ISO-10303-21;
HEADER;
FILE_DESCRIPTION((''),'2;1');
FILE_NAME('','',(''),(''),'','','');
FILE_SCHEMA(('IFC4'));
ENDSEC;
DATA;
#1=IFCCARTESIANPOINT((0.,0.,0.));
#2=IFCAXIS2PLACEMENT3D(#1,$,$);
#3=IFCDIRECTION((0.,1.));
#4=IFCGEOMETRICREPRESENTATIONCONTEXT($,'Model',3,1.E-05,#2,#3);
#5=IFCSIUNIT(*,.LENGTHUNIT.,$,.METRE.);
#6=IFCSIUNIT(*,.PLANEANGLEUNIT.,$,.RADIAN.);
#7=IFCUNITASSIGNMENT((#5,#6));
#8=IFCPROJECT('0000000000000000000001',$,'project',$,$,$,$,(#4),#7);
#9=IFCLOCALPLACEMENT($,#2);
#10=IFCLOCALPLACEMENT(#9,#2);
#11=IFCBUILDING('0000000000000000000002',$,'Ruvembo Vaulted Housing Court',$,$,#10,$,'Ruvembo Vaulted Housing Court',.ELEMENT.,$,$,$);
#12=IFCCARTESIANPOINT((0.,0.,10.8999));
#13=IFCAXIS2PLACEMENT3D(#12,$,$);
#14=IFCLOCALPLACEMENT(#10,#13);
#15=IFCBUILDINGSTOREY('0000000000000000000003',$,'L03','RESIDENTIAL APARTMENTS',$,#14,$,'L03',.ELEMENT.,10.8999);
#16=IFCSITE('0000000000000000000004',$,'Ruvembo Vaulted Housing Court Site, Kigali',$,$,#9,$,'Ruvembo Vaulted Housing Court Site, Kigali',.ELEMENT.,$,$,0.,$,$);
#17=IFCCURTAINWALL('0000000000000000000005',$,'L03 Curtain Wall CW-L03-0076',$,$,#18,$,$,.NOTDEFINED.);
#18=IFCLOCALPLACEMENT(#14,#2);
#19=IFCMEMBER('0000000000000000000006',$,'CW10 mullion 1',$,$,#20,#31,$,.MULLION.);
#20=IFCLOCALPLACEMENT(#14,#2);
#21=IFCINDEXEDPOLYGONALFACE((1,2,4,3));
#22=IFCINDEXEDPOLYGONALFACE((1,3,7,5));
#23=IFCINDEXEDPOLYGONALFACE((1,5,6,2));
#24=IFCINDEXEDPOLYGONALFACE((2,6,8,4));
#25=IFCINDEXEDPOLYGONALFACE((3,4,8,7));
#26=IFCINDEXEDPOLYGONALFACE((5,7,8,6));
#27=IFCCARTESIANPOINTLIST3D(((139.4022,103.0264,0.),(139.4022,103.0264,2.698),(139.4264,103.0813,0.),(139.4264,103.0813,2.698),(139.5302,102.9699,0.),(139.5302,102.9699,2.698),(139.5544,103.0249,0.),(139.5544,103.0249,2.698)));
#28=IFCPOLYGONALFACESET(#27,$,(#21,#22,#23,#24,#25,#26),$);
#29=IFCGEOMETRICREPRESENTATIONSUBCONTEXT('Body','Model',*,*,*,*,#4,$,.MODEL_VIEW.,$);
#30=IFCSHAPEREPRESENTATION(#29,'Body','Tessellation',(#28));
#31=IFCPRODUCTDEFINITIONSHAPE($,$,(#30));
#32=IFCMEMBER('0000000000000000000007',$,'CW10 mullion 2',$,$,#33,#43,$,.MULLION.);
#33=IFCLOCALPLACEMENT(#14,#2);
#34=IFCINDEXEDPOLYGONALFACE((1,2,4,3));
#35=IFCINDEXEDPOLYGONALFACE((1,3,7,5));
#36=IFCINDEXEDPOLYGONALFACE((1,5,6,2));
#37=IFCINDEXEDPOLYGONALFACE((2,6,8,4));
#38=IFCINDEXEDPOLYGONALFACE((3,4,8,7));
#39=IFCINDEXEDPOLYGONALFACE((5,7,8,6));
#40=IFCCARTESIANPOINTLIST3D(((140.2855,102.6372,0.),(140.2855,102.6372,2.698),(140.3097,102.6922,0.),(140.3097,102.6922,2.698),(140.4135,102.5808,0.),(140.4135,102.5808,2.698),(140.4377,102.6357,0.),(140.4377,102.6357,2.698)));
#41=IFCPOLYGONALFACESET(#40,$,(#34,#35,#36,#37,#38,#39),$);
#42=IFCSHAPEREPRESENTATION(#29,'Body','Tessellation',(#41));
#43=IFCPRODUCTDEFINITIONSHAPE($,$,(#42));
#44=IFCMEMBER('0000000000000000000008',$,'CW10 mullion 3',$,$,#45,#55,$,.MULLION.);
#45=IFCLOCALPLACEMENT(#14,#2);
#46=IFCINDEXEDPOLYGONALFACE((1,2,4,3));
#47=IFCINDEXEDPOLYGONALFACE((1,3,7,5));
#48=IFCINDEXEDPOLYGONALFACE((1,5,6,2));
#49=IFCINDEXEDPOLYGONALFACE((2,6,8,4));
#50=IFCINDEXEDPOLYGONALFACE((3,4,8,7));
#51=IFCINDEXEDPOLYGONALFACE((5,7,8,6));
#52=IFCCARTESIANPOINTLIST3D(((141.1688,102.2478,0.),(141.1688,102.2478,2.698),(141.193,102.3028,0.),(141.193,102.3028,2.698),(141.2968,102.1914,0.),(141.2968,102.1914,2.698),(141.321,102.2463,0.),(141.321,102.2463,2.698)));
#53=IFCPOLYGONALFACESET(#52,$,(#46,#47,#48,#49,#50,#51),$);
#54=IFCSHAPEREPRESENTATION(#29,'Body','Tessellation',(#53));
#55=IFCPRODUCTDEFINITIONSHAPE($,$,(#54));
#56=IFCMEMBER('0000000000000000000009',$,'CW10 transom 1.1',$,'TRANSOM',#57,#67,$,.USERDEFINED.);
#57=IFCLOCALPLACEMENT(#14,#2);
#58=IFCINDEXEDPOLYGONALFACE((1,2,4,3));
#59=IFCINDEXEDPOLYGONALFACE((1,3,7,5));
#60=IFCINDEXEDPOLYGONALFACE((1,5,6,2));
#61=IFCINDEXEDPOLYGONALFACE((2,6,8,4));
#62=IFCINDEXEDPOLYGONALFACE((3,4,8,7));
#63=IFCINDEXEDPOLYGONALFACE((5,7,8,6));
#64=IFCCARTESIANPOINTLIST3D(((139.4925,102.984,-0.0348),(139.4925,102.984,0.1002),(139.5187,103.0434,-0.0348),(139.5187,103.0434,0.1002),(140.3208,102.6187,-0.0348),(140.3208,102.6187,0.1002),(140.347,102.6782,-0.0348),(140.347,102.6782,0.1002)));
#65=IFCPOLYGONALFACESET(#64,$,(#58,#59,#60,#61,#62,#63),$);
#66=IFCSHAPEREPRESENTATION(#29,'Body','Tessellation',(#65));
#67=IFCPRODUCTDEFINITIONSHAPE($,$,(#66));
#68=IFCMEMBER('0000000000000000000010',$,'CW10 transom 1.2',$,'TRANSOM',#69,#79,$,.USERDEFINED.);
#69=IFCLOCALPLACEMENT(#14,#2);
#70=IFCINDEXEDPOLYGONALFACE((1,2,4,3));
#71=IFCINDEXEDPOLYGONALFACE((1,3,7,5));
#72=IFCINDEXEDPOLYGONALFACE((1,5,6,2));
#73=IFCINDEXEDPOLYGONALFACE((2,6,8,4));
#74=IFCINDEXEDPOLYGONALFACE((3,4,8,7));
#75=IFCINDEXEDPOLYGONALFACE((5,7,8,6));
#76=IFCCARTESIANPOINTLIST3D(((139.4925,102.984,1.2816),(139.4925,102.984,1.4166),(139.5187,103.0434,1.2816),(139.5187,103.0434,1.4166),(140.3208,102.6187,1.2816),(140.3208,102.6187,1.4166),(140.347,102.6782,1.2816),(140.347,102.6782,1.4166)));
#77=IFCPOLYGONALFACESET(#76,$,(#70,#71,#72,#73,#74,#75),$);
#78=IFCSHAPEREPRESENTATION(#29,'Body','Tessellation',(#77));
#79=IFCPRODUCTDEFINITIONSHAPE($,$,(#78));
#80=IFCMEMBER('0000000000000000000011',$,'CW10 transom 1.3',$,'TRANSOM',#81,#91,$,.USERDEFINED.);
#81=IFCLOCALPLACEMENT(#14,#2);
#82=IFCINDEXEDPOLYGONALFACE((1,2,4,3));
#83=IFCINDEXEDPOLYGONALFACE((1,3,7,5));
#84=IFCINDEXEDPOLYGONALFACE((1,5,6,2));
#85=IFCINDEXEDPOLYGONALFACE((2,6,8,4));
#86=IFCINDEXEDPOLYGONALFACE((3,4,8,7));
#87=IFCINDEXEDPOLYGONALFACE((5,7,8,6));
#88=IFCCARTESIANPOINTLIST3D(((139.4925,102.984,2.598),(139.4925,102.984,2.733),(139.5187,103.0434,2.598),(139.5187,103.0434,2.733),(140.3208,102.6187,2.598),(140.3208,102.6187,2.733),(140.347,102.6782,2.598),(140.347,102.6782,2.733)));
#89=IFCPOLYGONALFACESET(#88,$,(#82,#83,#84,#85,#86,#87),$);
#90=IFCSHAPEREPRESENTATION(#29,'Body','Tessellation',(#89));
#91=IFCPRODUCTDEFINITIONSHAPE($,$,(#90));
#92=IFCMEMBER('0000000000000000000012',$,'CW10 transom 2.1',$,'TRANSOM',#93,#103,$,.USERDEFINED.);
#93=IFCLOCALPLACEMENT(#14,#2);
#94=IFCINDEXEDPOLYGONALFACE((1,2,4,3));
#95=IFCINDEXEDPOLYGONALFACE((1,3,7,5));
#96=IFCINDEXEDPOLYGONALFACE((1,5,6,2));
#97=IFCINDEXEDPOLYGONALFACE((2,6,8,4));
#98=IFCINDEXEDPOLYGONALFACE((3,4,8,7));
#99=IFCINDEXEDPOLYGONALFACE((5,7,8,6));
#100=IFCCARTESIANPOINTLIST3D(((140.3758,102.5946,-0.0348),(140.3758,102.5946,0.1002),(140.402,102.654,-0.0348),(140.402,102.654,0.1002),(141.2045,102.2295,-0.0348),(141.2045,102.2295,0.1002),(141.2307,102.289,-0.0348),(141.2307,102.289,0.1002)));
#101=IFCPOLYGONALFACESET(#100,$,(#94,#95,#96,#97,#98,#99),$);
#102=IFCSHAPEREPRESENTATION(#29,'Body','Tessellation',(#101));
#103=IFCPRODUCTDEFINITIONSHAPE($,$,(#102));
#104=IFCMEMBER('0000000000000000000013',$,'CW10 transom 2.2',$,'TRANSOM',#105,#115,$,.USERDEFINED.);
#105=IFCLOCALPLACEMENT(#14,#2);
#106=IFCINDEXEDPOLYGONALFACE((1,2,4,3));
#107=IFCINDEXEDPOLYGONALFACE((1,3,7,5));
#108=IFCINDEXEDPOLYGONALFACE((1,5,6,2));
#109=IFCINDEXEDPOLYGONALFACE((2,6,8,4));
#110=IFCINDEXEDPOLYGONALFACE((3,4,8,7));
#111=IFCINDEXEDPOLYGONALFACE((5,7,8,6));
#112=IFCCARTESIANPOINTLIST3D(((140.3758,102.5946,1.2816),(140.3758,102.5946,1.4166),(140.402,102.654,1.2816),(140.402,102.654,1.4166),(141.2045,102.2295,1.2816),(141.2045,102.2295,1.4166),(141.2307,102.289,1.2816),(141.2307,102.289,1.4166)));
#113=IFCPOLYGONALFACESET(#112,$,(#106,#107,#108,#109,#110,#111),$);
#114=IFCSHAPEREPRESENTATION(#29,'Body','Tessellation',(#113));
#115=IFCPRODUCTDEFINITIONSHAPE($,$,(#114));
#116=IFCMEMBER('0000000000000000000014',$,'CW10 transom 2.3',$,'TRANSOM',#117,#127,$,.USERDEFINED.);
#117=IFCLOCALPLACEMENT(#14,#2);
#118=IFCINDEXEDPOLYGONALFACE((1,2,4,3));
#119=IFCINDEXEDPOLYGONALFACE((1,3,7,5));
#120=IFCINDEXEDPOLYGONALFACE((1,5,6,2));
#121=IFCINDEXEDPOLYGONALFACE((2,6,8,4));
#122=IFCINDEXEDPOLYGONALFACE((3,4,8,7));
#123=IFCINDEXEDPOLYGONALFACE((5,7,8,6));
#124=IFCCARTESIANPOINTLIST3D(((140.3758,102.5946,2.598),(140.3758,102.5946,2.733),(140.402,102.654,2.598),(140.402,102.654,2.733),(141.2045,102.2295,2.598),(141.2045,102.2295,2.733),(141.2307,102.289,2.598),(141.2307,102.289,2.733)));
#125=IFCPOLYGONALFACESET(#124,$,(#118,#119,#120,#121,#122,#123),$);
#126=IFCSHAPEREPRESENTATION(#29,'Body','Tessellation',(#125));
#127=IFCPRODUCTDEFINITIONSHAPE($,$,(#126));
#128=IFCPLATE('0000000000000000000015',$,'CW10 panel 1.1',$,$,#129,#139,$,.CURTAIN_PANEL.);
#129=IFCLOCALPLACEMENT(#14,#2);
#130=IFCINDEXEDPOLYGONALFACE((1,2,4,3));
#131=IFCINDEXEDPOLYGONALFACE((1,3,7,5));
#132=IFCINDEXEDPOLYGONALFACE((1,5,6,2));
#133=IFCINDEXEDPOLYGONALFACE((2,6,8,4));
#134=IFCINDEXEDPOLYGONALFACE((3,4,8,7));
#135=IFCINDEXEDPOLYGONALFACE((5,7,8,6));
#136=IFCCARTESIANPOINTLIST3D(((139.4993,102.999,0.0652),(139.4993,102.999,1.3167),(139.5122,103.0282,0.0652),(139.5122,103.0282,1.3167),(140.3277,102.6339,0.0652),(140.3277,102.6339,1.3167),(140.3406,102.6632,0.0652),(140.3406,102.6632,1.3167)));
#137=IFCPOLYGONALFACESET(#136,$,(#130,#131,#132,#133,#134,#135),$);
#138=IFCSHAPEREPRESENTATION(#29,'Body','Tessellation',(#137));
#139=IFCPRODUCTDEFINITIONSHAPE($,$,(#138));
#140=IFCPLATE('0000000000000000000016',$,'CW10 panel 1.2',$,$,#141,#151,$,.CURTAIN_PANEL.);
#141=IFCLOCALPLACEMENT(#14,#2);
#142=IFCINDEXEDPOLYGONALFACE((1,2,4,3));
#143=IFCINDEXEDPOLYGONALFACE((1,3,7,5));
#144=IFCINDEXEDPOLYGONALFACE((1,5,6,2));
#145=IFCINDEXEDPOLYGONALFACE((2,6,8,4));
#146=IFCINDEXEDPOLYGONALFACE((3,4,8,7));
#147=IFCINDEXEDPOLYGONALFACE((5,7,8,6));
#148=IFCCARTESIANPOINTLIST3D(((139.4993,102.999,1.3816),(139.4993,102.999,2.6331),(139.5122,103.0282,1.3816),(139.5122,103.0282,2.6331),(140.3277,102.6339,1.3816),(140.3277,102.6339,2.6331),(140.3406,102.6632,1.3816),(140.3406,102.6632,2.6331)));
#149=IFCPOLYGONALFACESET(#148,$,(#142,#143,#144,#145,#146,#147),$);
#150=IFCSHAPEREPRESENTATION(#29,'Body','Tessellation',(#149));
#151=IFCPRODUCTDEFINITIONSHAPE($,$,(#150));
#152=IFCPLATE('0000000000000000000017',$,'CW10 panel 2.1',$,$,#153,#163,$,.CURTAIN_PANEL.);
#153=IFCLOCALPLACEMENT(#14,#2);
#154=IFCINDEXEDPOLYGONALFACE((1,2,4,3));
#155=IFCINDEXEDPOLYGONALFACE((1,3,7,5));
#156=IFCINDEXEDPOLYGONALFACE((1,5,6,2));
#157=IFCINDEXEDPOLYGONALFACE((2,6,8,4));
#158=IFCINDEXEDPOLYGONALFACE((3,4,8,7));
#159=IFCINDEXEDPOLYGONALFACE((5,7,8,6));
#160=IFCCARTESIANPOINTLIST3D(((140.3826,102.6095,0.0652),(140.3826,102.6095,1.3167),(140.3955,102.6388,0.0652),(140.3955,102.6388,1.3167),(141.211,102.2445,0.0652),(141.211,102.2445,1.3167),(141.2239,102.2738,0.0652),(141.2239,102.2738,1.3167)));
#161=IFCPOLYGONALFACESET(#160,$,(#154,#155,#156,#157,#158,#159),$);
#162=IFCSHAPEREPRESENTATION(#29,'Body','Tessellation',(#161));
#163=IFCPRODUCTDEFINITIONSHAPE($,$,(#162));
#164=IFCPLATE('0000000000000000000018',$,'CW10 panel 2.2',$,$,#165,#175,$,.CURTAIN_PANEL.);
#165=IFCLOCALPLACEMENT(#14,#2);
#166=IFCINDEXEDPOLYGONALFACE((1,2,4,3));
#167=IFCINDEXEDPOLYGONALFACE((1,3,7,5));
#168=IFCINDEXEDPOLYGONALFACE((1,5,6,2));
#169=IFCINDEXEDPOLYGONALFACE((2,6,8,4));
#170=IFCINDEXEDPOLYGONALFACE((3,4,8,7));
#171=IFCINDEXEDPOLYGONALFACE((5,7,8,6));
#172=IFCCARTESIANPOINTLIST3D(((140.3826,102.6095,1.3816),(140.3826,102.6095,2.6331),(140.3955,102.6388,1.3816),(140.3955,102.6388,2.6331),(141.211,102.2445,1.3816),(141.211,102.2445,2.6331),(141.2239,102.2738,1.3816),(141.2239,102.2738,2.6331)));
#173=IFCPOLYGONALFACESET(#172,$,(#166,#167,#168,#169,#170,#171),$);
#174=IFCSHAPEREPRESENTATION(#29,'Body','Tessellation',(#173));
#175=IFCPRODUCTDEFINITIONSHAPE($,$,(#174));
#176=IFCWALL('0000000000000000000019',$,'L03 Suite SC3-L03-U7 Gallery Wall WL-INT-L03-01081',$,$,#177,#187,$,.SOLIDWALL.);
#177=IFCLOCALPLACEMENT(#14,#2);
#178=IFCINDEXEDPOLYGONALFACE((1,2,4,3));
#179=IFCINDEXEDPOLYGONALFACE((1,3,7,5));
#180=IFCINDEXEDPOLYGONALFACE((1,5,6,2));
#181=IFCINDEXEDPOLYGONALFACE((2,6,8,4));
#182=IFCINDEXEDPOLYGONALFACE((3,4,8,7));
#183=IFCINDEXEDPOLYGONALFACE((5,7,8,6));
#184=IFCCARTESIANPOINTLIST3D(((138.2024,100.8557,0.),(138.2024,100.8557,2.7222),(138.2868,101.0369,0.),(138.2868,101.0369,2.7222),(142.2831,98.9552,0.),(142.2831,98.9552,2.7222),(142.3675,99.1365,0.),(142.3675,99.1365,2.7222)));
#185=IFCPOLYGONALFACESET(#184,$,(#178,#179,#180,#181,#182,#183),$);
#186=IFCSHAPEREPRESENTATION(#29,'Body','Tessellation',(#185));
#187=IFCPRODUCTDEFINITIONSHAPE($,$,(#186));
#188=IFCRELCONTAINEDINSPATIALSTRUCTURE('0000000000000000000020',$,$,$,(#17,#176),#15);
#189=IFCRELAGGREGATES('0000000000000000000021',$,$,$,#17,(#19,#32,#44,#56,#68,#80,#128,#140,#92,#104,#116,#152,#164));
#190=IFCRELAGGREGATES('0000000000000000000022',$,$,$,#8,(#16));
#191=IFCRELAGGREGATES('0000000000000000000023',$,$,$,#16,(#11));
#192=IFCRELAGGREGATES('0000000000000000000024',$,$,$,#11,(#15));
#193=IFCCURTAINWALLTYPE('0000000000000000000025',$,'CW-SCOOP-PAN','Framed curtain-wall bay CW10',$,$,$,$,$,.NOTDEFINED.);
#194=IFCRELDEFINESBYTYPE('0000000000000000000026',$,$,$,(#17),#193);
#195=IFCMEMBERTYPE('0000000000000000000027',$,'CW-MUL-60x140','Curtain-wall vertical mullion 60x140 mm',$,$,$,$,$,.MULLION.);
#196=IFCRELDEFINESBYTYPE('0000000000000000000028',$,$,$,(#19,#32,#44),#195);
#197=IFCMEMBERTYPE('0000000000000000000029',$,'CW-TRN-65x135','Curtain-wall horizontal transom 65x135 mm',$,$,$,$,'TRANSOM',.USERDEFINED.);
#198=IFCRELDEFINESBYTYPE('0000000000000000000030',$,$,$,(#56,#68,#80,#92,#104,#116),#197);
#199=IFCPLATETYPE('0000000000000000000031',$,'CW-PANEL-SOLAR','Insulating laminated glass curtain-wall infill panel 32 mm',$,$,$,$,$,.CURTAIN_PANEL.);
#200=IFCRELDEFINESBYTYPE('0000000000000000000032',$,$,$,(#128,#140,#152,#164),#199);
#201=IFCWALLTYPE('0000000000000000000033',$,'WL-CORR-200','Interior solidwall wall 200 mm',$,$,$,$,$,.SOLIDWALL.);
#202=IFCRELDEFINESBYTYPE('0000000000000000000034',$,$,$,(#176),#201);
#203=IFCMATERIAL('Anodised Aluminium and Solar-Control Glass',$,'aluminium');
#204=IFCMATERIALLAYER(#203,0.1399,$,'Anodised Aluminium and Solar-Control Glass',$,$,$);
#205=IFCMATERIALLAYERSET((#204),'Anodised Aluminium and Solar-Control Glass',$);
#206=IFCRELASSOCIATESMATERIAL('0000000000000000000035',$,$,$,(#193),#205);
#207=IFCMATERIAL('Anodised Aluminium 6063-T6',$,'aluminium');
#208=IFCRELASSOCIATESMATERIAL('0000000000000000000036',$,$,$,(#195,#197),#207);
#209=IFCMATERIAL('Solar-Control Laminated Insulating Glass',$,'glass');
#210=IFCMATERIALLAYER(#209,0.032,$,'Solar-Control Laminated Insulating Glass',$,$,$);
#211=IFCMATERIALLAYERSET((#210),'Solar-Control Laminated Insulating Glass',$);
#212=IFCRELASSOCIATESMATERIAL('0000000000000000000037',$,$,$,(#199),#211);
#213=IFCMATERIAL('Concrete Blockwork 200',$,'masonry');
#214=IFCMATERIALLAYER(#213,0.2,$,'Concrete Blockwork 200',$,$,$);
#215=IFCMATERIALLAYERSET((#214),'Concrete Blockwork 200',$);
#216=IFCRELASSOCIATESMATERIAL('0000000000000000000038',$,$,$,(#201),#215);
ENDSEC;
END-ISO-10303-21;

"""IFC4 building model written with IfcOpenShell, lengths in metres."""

from ifc_helpers import new_model, si_unit, direction, frame, frame_2d, origin, origin_2d, place, context, subcontext, project, spatial, rectangle, extrude, material, layer, layer_set, material_profile, profile_set, type_object, element, aggregate, save


model = new_model("IFC4")

# Units and contexts
model_context = context("Model", 3, precision=1e-05, world=origin(), true_north=direction((0.0, 1.0)))
body_context = subcontext(model_context, "Body", "Model", "MODEL_VIEW")
ifc_project = project(units=[si_unit("LENGTHUNIT", "METRE"), si_unit("PLANEANGLEUNIT", "RADIAN")], contexts=[model_context])

# Site, building, storey
site_placement = place(None, origin())
site = spatial("IfcSite", under=ifc_project, at=site_placement, Name="Ruvembo Vaulted Housing Court Site, Kigali", LongName="Ruvembo Vaulted Housing Court Site, Kigali", CompositionType="ELEMENT", RefElevation=0.0)
building_placement = place(site_placement, origin())
building = spatial("IfcBuilding", under=site, at=building_placement, Name="Ruvembo Vaulted Housing Court", LongName="Ruvembo Vaulted Housing Court", CompositionType="ELEMENT")
storey_placement = place(building_placement, frame((0.0, 0.0, 10.8999)))
storey = spatial("IfcBuildingStorey", under=building, at=storey_placement, Name="L03", Description="RESIDENTIAL APARTMENTS", LongName="L03", CompositionType="ELEMENT", Elevation=10.8999)

# Curtain wall, members, plates
ifc_material_1 = material(Name="Anodised Aluminium and Solar-Control Glass", Category="aluminium")
ifc_layer_1 = layer(ifc_material_1, 0.1399, Name="Anodised Aluminium and Solar-Control Glass")
ifc_layer_set_1 = layer_set([ifc_layer_1], Name="Anodised Aluminium and Solar-Control Glass")
curtain_wall_type = type_object("IfcCurtainWallType", Name="CW-SCOOP-PAN", Description="Framed curtain-wall bay CW10", PredefinedType="NOTDEFINED", material=ifc_layer_set_1)
curtain_wall_placement = place(storey_placement, origin())
curtain_wall = element("IfcCurtainWall", 1, at=curtain_wall_placement, inside=storey, type_object=curtain_wall_type, Name="L03 Curtain Wall CW-L03-0076", PredefinedType="NOTDEFINED")
ifc_material_2 = material(Name="Anodised Aluminium 6063-T6", Category="aluminium")
ifc_material_profile_1 = material_profile(ifc_material_2, rectangle(XDim=0.0601, YDim=0.1399, at=origin_2d()), Name="ALU 60x140")
ifc_profile_set_1 = profile_set([ifc_material_profile_1], Name="Anodised Aluminium 6063-T6")
member_type_1 = type_object("IfcMemberType", Name="CW-MUL-60x140", Description="Curtain-wall vertical mullion 60x140 mm", PredefinedType="MULLION", material=ifc_profile_set_1)
member_1_placement = place(storey_placement, frame((139.4783, 103.0256, 0.0), z_axis=(0.0, 0.0, 1.0), x_axis=(0.403265, 0.915083, 0.0)))
member_1 = element("IfcMember", 2, at=member_1_placement, type_object=member_type_1, Name="CW10 mullion 1", PredefinedType="MULLION", context=body_context, shape_type="SweptSolid", body=[
    extrude(rectangle(XDim=0.0601, YDim=0.1399, at=origin_2d()), origin(), (0.0, 0.0, 1.0), 2.698),
])
member_2_placement = place(storey_placement, frame((140.3616, 102.6365, 0.0), z_axis=(0.0, 0.0, 1.0), x_axis=(0.403265, 0.915083, 0.0)))
member_2 = element("IfcMember", 3, at=member_2_placement, type_object=member_type_1, Name="CW10 mullion 2", PredefinedType="MULLION", context=body_context, shape_type="SweptSolid", body=[
    extrude(rectangle(XDim=0.0601, YDim=0.1399, at=origin_2d()), origin(), (0.0, 0.0, 1.0), 2.698),
])
member_3_placement = place(storey_placement, frame((141.2449, 102.2471, 0.0), z_axis=(0.0, 0.0, 1.0), x_axis=(0.403265, 0.915083, 0.0)))
member_3 = element("IfcMember", 4, at=member_3_placement, type_object=member_type_1, Name="CW10 mullion 3", PredefinedType="MULLION", context=body_context, shape_type="SweptSolid", body=[
    extrude(rectangle(XDim=0.0601, YDim=0.1399, at=origin_2d()), origin(), (0.0, 0.0, 1.0), 2.698),
])
ifc_material_profile_2 = material_profile(ifc_material_2, rectangle(XDim=0.0649, YDim=0.135, at=origin_2d()), Name="ALU 65x135")
ifc_profile_set_2 = profile_set([ifc_material_profile_2], Name="Anodised Aluminium 6063-T6")
member_type_2 = type_object("IfcMemberType", Name="CW-TRN-65x135", Description="Curtain-wall horizontal transom 65x135 mm", ElementType="TRANSOM", PredefinedType="USERDEFINED", material=ifc_profile_set_2)
member_4_placement = place(storey_placement, frame((139.5056, 103.0137, 0.0327), z_axis=(0.915009, -0.403434, 0.0), x_axis=(0.403434, 0.915009, 0.0)))
member_4 = element("IfcMember", 5, at=member_4_placement, type_object=member_type_2, Name="CW10 transom 1.1", ObjectType="TRANSOM", PredefinedType="USERDEFINED", context=body_context, shape_type="SweptSolid", body=[
    extrude(rectangle(XDim=0.0649, YDim=0.135, at=origin_2d()), origin(), (0.0, 0.0, 1.0), 0.9053),
])
member_5_placement = place(storey_placement, frame((139.5056, 103.0137, 1.3491), z_axis=(0.915009, -0.403434, 0.0), x_axis=(0.403434, 0.915009, 0.0)))
member_5 = element("IfcMember", 6, at=member_5_placement, type_object=member_type_2, Name="CW10 transom 1.2", ObjectType="TRANSOM", PredefinedType="USERDEFINED", context=body_context, shape_type="SweptSolid", body=[
    extrude(rectangle(XDim=0.0649, YDim=0.135, at=origin_2d()), origin(), (0.0, 0.0, 1.0), 0.9053),
])
member_6_placement = place(storey_placement, frame((139.5056, 103.0137, 2.6655), z_axis=(0.915009, -0.403434, 0.0), x_axis=(0.403434, 0.915009, 0.0)))
member_6 = element("IfcMember", 7, at=member_6_placement, type_object=member_type_2, Name="CW10 transom 1.3", ObjectType="TRANSOM", PredefinedType="USERDEFINED", context=body_context, shape_type="SweptSolid", body=[
    extrude(rectangle(XDim=0.0649, YDim=0.135, at=origin_2d()), origin(), (0.0, 0.0, 1.0), 0.9053),
])
member_7_placement = place(storey_placement, frame((140.3889, 102.6243, 0.0327), z_axis=(0.915152, -0.403109, 0.0), x_axis=(0.403109, 0.915152, 0.0)))
member_7 = element("IfcMember", 8, at=member_7_placement, type_object=member_type_2, Name="CW10 transom 2.1", ObjectType="TRANSOM", PredefinedType="USERDEFINED", context=body_context, shape_type="SweptSolid", body=[
    extrude(rectangle(XDim=0.0649, YDim=0.135, at=origin_2d()), origin(), (0.0, 0.0, 1.0), 0.9055),
])
member_8_placement = place(storey_placement, frame((140.3889, 102.6243, 1.3491), z_axis=(0.915152, -0.403109, 0.0), x_axis=(0.403109, 0.915152, 0.0)))
member_8 = element("IfcMember", 9, at=member_8_placement, type_object=member_type_2, Name="CW10 transom 2.2", ObjectType="TRANSOM", PredefinedType="USERDEFINED", context=body_context, shape_type="SweptSolid", body=[
    extrude(rectangle(XDim=0.0649, YDim=0.135, at=origin_2d()), origin(), (0.0, 0.0, 1.0), 0.9055),
])
member_9_placement = place(storey_placement, frame((140.3889, 102.6243, 2.6655), z_axis=(0.915152, -0.403109, 0.0), x_axis=(0.403109, 0.915152, 0.0)))
member_9 = element("IfcMember", 10, at=member_9_placement, type_object=member_type_2, Name="CW10 transom 2.3", ObjectType="TRANSOM", PredefinedType="USERDEFINED", context=body_context, shape_type="SweptSolid", body=[
    extrude(rectangle(XDim=0.0649, YDim=0.135, at=origin_2d()), origin(), (0.0, 0.0, 1.0), 0.9055),
])
ifc_material_3 = material(Name="Solar-Control Laminated Insulating Glass", Category="glass")
ifc_layer_2 = layer(ifc_material_3, 0.032, Name="Solar-Control Laminated Insulating Glass")
ifc_layer_set_2 = layer_set([ifc_layer_2], Name="Solar-Control Laminated Insulating Glass")
plate_type = type_object("IfcPlateType", Name="CW-PANEL-SOLAR", Description="Insulating laminated glass curtain-wall infill panel 32 mm", PredefinedType="CURTAIN_PANEL", material=ifc_layer_set_2)
plate_1_placement = place(storey_placement, frame((139.9199, 102.8311, 0.0652), z_axis=(0.0, 0.0, 1.0), x_axis=(0.915083, -0.403265, 0.0)))
plate_1 = element("IfcPlate", 11, at=plate_1_placement, type_object=plate_type, Name="CW10 panel 1.1", PredefinedType="CURTAIN_PANEL", context=body_context, shape_type="SweptSolid", body=[
    extrude(rectangle(XDim=0.9053, YDim=0.032, at=origin_2d()), origin(), (0.0, 0.0, 1.0), 1.2515),
])
plate_2_placement = place(storey_placement, frame((139.9199, 102.8311, 1.3816), z_axis=(0.0, 0.0, 1.0), x_axis=(0.915083, -0.403265, 0.0)))
plate_2 = element("IfcPlate", 12, at=plate_2_placement, type_object=plate_type, Name="CW10 panel 1.2", PredefinedType="CURTAIN_PANEL", context=body_context, shape_type="SweptSolid", body=[
    extrude(rectangle(XDim=0.9053, YDim=0.032, at=origin_2d()), origin(), (0.0, 0.0, 1.0), 1.2515),
])
plate_3_placement = place(storey_placement, frame((140.8032, 102.4417, 0.0652), z_axis=(0.0, 0.0, 1.0), x_axis=(0.915083, -0.403265, 0.0)))
plate_3 = element("IfcPlate", 13, at=plate_3_placement, type_object=plate_type, Name="CW10 panel 2.1", PredefinedType="CURTAIN_PANEL", context=body_context, shape_type="SweptSolid", body=[
    extrude(rectangle(XDim=0.9053, YDim=0.032, at=origin_2d()), origin(), (0.0, 0.0, 1.0), 1.2515),
])
plate_4_placement = place(storey_placement, frame((140.8032, 102.4417, 1.3816), z_axis=(0.0, 0.0, 1.0), x_axis=(0.915083, -0.403265, 0.0)))
plate_4 = element("IfcPlate", 14, at=plate_4_placement, type_object=plate_type, Name="CW10 panel 2.2", PredefinedType="CURTAIN_PANEL", context=body_context, shape_type="SweptSolid", body=[
    extrude(rectangle(XDim=0.9053, YDim=0.032, at=origin_2d()), origin(), (0.0, 0.0, 1.0), 1.2515),
])
aggregate(curtain_wall, [member_1, member_2, member_3, member_4, member_5, member_6, plate_1, plate_2, member_7, member_8, member_9, plate_3, plate_4])

# Wall
ifc_material_4 = material(Name="Concrete Blockwork 200", Category="masonry")
ifc_layer_3 = layer(ifc_material_4, 0.2, Name="Concrete Blockwork 200")
ifc_layer_set_3 = layer_set([ifc_layer_3], Name="Concrete Blockwork 200")
wall_type = type_object("IfcWallType", Name="WL-CORR-200", Description="Interior solidwall wall 200 mm", PredefinedType="SOLIDWALL", material=ifc_layer_set_3)
wall_placement = place(storey_placement, frame((138.2446, 100.9463, 0.0), z_axis=(0.0, 0.0, 1.0), x_axis=(0.906513, -0.422179, 0.0)))
element("IfcWall", 15, at=wall_placement, inside=storey, type_object=wall_type, Name="L03 Suite SC3-L03-U7 Gallery Wall WL-INT-L03-01081", PredefinedType="SOLIDWALL", context=body_context, shape_type="SweptSolid", body=[
    extrude(rectangle(XDim=4.5015, YDim=0.2, at=frame_2d((2.2507, 0.0))), origin(), (0.0, 0.0, 1.0), 2.7222),
])

save(model, "model.ifc")
